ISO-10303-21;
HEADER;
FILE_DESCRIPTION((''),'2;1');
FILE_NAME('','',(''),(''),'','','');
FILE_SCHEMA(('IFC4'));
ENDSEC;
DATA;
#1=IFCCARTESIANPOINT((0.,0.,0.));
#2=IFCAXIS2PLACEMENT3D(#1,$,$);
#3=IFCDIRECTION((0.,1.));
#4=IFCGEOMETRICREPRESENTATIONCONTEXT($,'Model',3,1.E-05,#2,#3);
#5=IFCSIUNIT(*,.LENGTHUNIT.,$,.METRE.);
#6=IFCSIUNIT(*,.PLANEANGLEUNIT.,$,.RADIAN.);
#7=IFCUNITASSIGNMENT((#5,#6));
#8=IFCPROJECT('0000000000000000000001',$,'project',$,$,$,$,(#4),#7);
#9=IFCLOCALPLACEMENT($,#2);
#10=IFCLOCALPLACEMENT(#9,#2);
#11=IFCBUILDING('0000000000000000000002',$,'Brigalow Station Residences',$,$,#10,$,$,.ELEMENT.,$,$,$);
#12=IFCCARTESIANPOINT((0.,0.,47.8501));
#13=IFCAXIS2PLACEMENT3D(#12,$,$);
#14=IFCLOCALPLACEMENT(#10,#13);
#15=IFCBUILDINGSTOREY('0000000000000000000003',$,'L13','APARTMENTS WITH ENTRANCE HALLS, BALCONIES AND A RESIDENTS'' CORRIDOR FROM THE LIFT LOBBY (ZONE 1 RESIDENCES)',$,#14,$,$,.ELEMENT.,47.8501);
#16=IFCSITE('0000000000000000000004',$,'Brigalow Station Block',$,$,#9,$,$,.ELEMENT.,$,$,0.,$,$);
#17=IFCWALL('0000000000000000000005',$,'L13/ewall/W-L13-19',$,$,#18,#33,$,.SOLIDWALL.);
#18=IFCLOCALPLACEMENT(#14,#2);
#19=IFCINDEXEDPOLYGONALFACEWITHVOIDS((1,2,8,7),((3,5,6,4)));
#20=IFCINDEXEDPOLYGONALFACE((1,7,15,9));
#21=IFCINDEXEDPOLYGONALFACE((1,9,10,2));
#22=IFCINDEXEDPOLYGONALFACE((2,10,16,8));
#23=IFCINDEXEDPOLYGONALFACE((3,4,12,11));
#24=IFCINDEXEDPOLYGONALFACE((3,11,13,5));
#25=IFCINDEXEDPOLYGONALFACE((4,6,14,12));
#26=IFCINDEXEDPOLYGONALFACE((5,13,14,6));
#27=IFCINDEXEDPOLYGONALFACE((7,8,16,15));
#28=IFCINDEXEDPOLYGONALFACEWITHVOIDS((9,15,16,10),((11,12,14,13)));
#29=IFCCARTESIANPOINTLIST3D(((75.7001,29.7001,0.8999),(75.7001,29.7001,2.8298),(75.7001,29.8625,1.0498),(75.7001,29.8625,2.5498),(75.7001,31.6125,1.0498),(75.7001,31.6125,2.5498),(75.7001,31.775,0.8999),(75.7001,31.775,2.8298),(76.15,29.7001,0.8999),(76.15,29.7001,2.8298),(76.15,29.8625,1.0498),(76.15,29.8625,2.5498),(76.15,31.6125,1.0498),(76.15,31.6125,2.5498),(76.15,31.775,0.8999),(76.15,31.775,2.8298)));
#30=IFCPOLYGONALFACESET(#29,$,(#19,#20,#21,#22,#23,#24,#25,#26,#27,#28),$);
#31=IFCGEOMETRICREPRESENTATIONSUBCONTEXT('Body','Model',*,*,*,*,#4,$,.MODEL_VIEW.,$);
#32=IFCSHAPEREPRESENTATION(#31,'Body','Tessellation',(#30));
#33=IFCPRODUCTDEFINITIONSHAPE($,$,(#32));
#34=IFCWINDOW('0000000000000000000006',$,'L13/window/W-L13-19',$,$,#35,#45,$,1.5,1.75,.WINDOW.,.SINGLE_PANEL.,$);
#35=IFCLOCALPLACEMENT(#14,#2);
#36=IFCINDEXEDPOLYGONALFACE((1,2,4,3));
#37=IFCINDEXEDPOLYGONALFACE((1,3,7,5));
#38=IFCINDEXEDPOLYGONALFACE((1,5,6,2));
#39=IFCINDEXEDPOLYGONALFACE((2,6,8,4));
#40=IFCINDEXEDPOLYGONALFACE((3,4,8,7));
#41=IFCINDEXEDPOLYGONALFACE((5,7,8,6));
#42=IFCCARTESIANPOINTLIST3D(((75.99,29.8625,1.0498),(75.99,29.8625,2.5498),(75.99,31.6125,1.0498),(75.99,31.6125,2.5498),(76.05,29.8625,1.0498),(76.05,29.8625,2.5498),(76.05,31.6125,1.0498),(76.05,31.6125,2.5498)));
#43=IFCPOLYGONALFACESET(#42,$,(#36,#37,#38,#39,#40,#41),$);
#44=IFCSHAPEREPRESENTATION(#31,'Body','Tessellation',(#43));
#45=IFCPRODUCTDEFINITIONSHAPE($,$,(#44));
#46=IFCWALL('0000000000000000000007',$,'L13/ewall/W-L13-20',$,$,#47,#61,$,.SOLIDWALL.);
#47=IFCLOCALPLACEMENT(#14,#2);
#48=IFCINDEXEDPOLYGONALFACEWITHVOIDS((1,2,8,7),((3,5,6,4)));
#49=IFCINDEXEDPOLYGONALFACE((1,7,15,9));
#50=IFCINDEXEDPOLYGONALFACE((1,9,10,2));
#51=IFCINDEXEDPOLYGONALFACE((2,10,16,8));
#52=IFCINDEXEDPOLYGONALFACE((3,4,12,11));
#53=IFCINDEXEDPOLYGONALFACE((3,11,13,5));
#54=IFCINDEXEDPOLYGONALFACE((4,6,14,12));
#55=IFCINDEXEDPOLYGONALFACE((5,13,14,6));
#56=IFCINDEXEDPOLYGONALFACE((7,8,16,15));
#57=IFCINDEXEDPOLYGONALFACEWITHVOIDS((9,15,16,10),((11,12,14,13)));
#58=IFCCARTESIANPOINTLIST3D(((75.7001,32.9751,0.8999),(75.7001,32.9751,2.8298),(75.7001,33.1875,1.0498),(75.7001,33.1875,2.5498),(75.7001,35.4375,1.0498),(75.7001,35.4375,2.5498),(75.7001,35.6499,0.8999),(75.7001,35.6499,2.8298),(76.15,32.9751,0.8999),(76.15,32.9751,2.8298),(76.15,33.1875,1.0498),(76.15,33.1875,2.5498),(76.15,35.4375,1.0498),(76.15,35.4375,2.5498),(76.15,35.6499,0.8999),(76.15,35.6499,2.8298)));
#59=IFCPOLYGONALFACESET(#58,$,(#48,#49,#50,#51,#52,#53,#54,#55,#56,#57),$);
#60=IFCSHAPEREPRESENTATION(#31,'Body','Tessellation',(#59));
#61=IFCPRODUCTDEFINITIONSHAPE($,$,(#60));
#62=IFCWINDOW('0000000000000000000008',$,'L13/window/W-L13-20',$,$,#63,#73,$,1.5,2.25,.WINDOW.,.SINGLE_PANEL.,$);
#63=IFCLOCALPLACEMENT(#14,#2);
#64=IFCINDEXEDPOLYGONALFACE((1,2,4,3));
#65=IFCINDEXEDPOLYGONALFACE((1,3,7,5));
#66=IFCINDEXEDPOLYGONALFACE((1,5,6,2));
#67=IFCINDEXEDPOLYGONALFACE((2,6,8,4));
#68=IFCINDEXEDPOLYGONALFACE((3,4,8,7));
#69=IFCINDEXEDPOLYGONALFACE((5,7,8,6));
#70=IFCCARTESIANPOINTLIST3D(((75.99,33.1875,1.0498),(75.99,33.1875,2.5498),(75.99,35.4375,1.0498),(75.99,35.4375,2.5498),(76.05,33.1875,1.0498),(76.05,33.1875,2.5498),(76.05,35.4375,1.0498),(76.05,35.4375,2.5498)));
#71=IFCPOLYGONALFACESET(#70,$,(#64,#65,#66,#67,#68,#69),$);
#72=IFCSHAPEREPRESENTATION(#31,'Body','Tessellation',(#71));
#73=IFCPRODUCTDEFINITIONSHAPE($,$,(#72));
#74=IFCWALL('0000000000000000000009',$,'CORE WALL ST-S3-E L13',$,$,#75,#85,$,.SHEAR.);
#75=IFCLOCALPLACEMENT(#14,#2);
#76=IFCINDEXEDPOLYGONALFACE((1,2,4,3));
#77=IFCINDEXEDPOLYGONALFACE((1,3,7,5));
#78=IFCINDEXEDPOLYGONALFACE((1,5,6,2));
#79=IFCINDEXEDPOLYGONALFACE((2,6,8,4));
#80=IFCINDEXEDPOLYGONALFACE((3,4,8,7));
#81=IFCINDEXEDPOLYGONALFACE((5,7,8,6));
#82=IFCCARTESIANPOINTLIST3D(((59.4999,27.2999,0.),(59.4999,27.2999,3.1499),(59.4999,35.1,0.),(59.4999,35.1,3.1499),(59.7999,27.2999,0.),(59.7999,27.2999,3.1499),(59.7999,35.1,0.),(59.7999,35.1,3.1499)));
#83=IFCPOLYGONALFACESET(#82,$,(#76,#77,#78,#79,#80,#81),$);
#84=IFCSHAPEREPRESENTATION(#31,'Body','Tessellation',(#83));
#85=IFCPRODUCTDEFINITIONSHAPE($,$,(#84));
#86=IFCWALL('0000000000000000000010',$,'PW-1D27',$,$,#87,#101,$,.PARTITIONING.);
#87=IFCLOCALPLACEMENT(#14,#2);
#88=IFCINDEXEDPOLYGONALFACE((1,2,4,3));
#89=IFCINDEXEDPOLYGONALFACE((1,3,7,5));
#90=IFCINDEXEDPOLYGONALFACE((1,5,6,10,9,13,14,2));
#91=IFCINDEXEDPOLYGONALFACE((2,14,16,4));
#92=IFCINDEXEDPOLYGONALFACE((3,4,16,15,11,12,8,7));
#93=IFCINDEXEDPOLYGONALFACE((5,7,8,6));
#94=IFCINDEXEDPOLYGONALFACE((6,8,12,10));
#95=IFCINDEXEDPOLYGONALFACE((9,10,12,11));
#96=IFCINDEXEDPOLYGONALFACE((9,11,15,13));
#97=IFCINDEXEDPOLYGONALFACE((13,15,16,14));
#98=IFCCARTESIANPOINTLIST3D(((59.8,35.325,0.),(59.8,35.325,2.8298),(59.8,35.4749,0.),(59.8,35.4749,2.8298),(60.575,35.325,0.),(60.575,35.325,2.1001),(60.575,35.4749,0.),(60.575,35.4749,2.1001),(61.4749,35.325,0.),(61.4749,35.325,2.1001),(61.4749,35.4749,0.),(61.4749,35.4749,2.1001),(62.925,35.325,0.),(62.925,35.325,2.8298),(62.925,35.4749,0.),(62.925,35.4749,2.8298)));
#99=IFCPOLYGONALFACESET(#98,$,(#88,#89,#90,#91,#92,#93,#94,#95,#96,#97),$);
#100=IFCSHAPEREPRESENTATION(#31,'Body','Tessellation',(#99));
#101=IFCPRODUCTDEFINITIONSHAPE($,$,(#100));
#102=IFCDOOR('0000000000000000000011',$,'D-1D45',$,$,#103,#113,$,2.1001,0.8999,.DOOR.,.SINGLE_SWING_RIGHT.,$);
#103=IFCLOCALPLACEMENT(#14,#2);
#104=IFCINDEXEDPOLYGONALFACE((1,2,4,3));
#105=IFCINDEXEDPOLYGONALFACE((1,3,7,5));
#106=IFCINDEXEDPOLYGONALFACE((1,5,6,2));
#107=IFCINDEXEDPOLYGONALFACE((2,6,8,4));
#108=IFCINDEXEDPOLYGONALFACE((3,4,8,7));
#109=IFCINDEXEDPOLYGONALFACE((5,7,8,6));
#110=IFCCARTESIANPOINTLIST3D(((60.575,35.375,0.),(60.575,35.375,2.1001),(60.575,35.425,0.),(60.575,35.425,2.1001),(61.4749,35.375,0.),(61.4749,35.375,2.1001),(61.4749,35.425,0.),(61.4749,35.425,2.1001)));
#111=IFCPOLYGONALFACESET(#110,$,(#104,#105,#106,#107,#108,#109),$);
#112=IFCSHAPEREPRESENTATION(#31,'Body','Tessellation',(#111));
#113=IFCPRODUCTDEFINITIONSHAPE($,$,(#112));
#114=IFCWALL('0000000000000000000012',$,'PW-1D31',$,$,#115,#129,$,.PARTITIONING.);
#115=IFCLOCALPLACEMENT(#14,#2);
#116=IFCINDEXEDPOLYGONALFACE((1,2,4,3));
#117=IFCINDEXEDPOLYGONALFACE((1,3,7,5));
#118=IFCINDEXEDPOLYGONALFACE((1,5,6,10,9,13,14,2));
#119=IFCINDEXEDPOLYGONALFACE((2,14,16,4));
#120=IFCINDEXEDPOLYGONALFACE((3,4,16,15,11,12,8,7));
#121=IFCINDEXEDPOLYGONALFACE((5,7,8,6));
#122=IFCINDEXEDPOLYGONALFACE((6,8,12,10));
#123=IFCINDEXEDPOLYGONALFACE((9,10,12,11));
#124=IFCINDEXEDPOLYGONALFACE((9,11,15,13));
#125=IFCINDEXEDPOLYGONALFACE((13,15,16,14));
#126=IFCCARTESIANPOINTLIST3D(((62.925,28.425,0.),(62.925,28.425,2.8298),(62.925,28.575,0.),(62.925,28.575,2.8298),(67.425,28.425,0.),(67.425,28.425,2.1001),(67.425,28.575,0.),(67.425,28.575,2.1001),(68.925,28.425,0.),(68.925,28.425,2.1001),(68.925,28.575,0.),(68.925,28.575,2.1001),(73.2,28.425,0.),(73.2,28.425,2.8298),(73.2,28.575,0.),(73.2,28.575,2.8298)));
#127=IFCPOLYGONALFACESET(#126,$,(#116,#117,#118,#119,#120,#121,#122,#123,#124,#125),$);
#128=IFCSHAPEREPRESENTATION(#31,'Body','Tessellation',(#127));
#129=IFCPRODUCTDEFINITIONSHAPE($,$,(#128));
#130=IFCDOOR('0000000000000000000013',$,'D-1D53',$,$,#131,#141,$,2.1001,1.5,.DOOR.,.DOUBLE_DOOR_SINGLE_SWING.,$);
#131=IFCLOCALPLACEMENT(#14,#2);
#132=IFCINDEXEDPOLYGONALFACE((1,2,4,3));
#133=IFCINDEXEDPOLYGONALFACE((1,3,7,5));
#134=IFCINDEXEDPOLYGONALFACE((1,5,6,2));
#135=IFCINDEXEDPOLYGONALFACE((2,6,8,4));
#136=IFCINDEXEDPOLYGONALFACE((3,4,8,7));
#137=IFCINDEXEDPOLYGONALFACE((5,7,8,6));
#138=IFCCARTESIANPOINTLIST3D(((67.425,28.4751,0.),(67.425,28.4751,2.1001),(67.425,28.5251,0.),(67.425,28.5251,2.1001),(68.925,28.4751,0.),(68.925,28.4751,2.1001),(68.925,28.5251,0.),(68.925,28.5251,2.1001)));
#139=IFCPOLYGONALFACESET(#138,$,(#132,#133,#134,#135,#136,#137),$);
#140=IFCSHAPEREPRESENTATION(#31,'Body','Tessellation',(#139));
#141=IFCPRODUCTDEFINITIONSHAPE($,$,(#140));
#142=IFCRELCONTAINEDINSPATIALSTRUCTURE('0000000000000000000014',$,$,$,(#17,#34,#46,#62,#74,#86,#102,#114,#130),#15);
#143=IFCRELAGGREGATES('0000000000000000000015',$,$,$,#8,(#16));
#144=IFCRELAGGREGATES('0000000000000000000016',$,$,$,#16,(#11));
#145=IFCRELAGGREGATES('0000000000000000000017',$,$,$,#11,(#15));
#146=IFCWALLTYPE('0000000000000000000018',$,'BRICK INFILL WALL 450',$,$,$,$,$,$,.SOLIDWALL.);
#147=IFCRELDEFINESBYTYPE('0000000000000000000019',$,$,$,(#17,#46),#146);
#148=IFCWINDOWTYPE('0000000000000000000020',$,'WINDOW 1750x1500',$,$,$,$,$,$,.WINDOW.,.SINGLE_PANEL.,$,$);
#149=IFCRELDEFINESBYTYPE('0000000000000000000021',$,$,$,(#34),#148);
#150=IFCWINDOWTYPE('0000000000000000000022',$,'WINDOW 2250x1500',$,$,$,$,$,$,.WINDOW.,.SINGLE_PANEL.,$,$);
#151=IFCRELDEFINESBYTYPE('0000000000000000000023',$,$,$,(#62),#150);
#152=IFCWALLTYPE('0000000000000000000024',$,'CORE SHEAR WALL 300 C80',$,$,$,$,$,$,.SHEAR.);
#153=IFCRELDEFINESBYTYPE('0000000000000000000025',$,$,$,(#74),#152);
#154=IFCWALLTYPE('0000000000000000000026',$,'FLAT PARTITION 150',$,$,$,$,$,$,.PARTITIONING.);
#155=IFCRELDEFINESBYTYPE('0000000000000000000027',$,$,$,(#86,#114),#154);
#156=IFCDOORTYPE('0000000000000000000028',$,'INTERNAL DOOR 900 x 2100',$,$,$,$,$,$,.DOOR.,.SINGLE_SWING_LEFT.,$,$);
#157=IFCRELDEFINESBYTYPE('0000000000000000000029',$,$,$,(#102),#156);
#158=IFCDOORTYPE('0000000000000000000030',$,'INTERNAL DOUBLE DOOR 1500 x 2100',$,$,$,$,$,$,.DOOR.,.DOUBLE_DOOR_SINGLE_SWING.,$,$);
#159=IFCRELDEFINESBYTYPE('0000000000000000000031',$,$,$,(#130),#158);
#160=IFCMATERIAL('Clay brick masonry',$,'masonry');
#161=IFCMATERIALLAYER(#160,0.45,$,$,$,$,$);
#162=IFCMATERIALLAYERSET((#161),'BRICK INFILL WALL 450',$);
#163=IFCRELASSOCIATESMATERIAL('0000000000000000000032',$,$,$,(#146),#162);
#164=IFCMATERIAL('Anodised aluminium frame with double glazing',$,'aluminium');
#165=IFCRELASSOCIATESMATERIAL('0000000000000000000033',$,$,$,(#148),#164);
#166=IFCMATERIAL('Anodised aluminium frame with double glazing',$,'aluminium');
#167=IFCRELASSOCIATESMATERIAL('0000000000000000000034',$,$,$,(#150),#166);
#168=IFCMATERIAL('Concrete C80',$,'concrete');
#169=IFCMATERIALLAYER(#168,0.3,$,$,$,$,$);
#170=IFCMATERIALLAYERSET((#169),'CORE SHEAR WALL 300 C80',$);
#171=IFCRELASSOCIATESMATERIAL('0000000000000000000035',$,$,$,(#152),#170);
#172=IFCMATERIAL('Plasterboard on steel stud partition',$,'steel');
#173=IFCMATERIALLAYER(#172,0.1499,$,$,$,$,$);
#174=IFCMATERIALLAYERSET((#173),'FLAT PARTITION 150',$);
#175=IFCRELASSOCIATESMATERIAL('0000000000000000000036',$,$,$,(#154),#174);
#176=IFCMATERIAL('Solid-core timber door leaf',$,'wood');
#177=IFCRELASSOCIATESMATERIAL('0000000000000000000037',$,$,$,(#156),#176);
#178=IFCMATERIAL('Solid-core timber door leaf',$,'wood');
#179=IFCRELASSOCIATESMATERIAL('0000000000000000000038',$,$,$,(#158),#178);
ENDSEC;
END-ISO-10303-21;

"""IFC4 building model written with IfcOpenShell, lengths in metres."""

from ifc_helpers import new_model, si_unit, direction, frame, frame_2d, origin, place, context, subcontext, project, spatial, rectangle, extrude, material, layer, layer_set, type_object, element, fill, save


model = new_model("IFC4")

# Units and contexts
model_context = context("Model", 3, precision=1e-05, world=origin(), true_north=direction((0.0, 1.0)))
body_context = subcontext(model_context, "Body", "Model", "MODEL_VIEW")
ifc_project = project(units=[si_unit("LENGTHUNIT", "METRE"), si_unit("PLANEANGLEUNIT", "RADIAN")], contexts=[model_context])

# Site, building, storey
site_placement = place(None, origin())
site = spatial("IfcSite", under=ifc_project, at=site_placement, Name="Brigalow Station Block", CompositionType="ELEMENT", RefElevation=0.0)
building_placement = place(site_placement, origin())
building = spatial("IfcBuilding", under=site, at=building_placement, Name="Brigalow Station Residences", CompositionType="ELEMENT")
storey_placement = place(building_placement, frame((0.0, 0.0, 47.8501)))
storey = spatial("IfcBuildingStorey", under=building, at=storey_placement, Name="L13", Description="APARTMENTS WITH ENTRANCE HALLS, BALCONIES AND A RESIDENTS' CORRIDOR FROM THE LIFT LOBBY (ZONE 1 RESIDENCES)", CompositionType="ELEMENT", Elevation=47.8501)

# Shared definitions
ifc_material_1 = material(Name="Clay brick masonry", Category="masonry")
ifc_layer_1 = layer(ifc_material_1, 0.45)
ifc_layer_set_1 = layer_set([ifc_layer_1], Name="BRICK INFILL WALL 450")
wall_type_1 = type_object("IfcWallType", Name="BRICK INFILL WALL 450", PredefinedType="SOLIDWALL", material=ifc_layer_set_1)

# Walls, openings, windows
wall_1_placement = place(storey_placement, frame((75.925, 29.7, 0.8999), z_axis=(0.0, 0.0, 1.0), x_axis=(0.0, 1.0, 0.0)))
wall_1 = element("IfcWall", 1, at=wall_1_placement, inside=storey, type_object=wall_type_1, Name="L13/ewall/W-L13-19", PredefinedType="SOLIDWALL", context=body_context, shape_type="SweptSolid", body=[
    extrude(rectangle(XDim=2.075, YDim=0.45, at=frame_2d((1.0376, 0.0))), origin(), (0.0, 0.0, 1.0), 1.9299),
])
opening_1_placement = place(wall_1_placement, frame((0.1626, 0.0, 0.1499)))
opening_1 = element("IfcOpeningElement", 2, at=opening_1_placement, cuts=wall_1, PredefinedType="OPENING", context=body_context, shape_type="SweptSolid", body=[
    extrude(rectangle(XDim=1.75, YDim=1.5, at=frame_2d((0.875, 0.75))), frame((0.0, 0.2349, 0.0), z_axis=(0.0, -1.0, 0.0), x_axis=(1.0, 0.0, 0.0)), (0.0, 0.0, 1.0), 0.47),
])
ifc_material_2 = material(Name="Anodised aluminium frame with double glazing", Category="aluminium")
window_type_1 = type_object("IfcWindowType", Name="WINDOW 1750x1500", PartitioningType="SINGLE_PANEL", PredefinedType="WINDOW", material=ifc_material_2)
window_1_placement = place(opening_1_placement, origin())
window_1 = element("IfcWindow", 3, at=window_1_placement, inside=storey, type_object=window_type_1, Name="L13/window/W-L13-19", OverallHeight=1.5, OverallWidth=1.75, PartitioningType="SINGLE_PANEL", PredefinedType="WINDOW", context=body_context, shape_type="SweptSolid", body=[
    extrude(rectangle(XDim=1.75, YDim=1.5, at=frame_2d((0.875, 0.75))), frame((0.0, -0.0649, 0.0), z_axis=(0.0, -1.0, 0.0), x_axis=(1.0, 0.0, 0.0)), (0.0, 0.0, 1.0), 0.0601),
])
fill(opening_1, window_1)
wall_2_placement = place(storey_placement, frame((75.925, 32.9751, 0.8999), z_axis=(0.0, 0.0, 1.0), x_axis=(0.0, 1.0, 0.0)))
wall_2 = element("IfcWall", 4, at=wall_2_placement, inside=storey, type_object=wall_type_1, Name="L13/ewall/W-L13-20", PredefinedType="SOLIDWALL", context=body_context, shape_type="SweptSolid", body=[
    extrude(rectangle(XDim=2.6748, YDim=0.45, at=frame_2d((1.3374, 0.0))), origin(), (0.0, 0.0, 1.0), 1.9299),
])
opening_2_placement = place(wall_2_placement, frame((0.2124, 0.0, 0.1499)))
opening_2 = element("IfcOpeningElement", 5, at=opening_2_placement, cuts=wall_2, PredefinedType="OPENING", context=body_context, shape_type="SweptSolid", body=[
    extrude(rectangle(XDim=2.25, YDim=1.5, at=frame_2d((1.125, 0.75))), frame((0.0, 0.2349, 0.0), z_axis=(0.0, -1.0, 0.0), x_axis=(1.0, 0.0, 0.0)), (0.0, 0.0, 1.0), 0.47),
])
ifc_material_3 = material(Name="Anodised aluminium frame with double glazing", Category="aluminium")
window_type_2 = type_object("IfcWindowType", Name="WINDOW 2250x1500", PartitioningType="SINGLE_PANEL", PredefinedType="WINDOW", material=ifc_material_3)
window_2_placement = place(opening_2_placement, origin())
window_2 = element("IfcWindow", 6, at=window_2_placement, inside=storey, type_object=window_type_2, Name="L13/window/W-L13-20", OverallHeight=1.5, OverallWidth=2.25, PartitioningType="SINGLE_PANEL", PredefinedType="WINDOW", context=body_context, shape_type="SweptSolid", body=[
    extrude(rectangle(XDim=2.25, YDim=1.5, at=frame_2d((1.125, 0.75))), frame((0.0, -0.0649, 0.0), z_axis=(0.0, -1.0, 0.0), x_axis=(1.0, 0.0, 0.0)), (0.0, 0.0, 1.0), 0.0601),
])
fill(opening_2, window_2)

# Wall
ifc_material_4 = material(Name="Concrete C80", Category="concrete")
ifc_layer_2 = layer(ifc_material_4, 0.3)
ifc_layer_set_2 = layer_set([ifc_layer_2], Name="CORE SHEAR WALL 300 C80")
wall_type_2 = type_object("IfcWallType", Name="CORE SHEAR WALL 300 C80", PredefinedType="SHEAR", material=ifc_layer_set_2)
wall_3_placement = place(storey_placement, frame((59.6499, 27.3, 0.0), z_axis=(0.0, 0.0, 1.0), x_axis=(0.0, 1.0, 0.0)))
element("IfcWall", 7, at=wall_3_placement, inside=storey, type_object=wall_type_2, Name="CORE WALL ST-S3-E L13", PredefinedType="SHEAR", context=body_context, shape_type="SweptSolid", body=[
    extrude(rectangle(XDim=7.8, YDim=0.3, at=frame_2d((3.8999, 0.0))), origin(), (0.0, 0.0, 1.0), 3.1499),
])

# Walls, openings, doors
ifc_material_5 = material(Name="Plasterboard on steel stud partition", Category="steel")
ifc_layer_3 = layer(ifc_material_5, 0.1499)
ifc_layer_set_3 = layer_set([ifc_layer_3], Name="FLAT PARTITION 150")
wall_type_3 = type_object("IfcWallType", Name="FLAT PARTITION 150", PredefinedType="PARTITIONING", material=ifc_layer_set_3)
wall_4_placement = place(storey_placement, frame((59.8, 35.3999, 0.0), z_axis=(0.0, 0.0, 1.0), x_axis=(1.0, 0.0, 0.0)))
wall_4 = element("IfcWall", 8, at=wall_4_placement, inside=storey, type_object=wall_type_3, Name="PW-1D27", PredefinedType="PARTITIONING", context=body_context, shape_type="SweptSolid", body=[
    extrude(rectangle(XDim=3.125, YDim=0.1499, at=frame_2d((1.5625, 0.0))), origin(), (0.0, 0.0, 1.0), 2.8298),
])
opening_3_placement = place(wall_4_placement, frame((0.7749, 0.0, 0.0)))
opening_3 = element("IfcOpeningElement", 9, at=opening_3_placement, cuts=wall_4, PredefinedType="OPENING", context=body_context, shape_type="SweptSolid", body=[
    extrude(rectangle(XDim=0.8999, YDim=2.1001, at=frame_2d((0.45, 1.05))), frame((0.0, 0.085, 0.0), z_axis=(0.0, -1.0, 0.0), x_axis=(1.0, 0.0, 0.0)), (0.0, 0.0, 1.0), 0.1699),
])
ifc_material_6 = material(Name="Solid-core timber door leaf", Category="wood")
door_type_1 = type_object("IfcDoorType", Name="INTERNAL DOOR 900 x 2100", OperationType="SINGLE_SWING_LEFT", PredefinedType="DOOR", material=ifc_material_6)
door_1_placement = place(opening_3_placement, frame((0.8999, 0.0, 0.0), z_axis=(0.0, 0.0, 1.0), x_axis=(-1.0, 0.0, 0.0)))
door_1 = element("IfcDoor", 10, at=door_1_placement, inside=storey, type_object=door_type_1, Name="D-1D45", OperationType="SINGLE_SWING_RIGHT", OverallHeight=2.1001, OverallWidth=0.8999, PredefinedType="DOOR", context=body_context, shape_type="SweptSolid", body=[
    extrude(rectangle(XDim=0.8999, YDim=2.1001, at=frame_2d((0.45, 1.05))), frame((0.0, 0.0249, 0.0), z_axis=(0.0, -1.0, 0.0), x_axis=(1.0, 0.0, 0.0)), (0.0, 0.0, 1.0), 0.05),
])
fill(opening_3, door_1)
wall_5_placement = place(storey_placement, frame((62.925, 28.5, 0.0), z_axis=(0.0, 0.0, 1.0), x_axis=(1.0, 0.0, 0.0)))
wall_5 = element("IfcWall", 11, at=wall_5_placement, inside=storey, type_object=wall_type_3, Name="PW-1D31", PredefinedType="PARTITIONING", context=body_context, shape_type="SweptSolid", body=[
    extrude(rectangle(XDim=10.2749, YDim=0.1499, at=frame_2d((5.1375, 0.0))), origin(), (0.0, 0.0, 1.0), 2.8298),
])
opening_4_placement = place(wall_5_placement, frame((4.5, 0.0, 0.0)))
opening_4 = element("IfcOpeningElement", 12, at=opening_4_placement, cuts=wall_5, PredefinedType="OPENING", context=body_context, shape_type="SweptSolid", body=[
    extrude(rectangle(XDim=1.5, YDim=2.1001, at=frame_2d((0.75, 1.05))), frame((0.0, 0.085, 0.0), z_axis=(0.0, -1.0, 0.0), x_axis=(1.0, 0.0, 0.0)), (0.0, 0.0, 1.0), 0.1699),
])
ifc_material_7 = material(Name="Solid-core timber door leaf", Category="wood")
door_type_2 = type_object("IfcDoorType", Name="INTERNAL DOUBLE DOOR 1500 x 2100", OperationType="DOUBLE_DOOR_SINGLE_SWING", PredefinedType="DOOR", material=ifc_material_7)
door_2_placement = place(opening_4_placement, frame((1.5, 0.0, 0.0), z_axis=(0.0, 0.0, 1.0), x_axis=(-1.0, 0.0, 0.0)))
door_2 = element("IfcDoor", 13, at=door_2_placement, inside=storey, type_object=door_type_2, Name="D-1D53", OperationType="DOUBLE_DOOR_SINGLE_SWING", OverallHeight=2.1001, OverallWidth=1.5, PredefinedType="DOOR", context=body_context, shape_type="SweptSolid", body=[
    extrude(rectangle(XDim=1.5, YDim=2.1001, at=frame_2d((0.75, 1.05))), frame((0.0, 0.0249, 0.0), z_axis=(0.0, -1.0, 0.0), x_axis=(1.0, 0.0, 0.0)), (0.0, 0.0, 1.0), 0.05),
])
fill(opening_4, door_2)

save(model, "model.ifc")
